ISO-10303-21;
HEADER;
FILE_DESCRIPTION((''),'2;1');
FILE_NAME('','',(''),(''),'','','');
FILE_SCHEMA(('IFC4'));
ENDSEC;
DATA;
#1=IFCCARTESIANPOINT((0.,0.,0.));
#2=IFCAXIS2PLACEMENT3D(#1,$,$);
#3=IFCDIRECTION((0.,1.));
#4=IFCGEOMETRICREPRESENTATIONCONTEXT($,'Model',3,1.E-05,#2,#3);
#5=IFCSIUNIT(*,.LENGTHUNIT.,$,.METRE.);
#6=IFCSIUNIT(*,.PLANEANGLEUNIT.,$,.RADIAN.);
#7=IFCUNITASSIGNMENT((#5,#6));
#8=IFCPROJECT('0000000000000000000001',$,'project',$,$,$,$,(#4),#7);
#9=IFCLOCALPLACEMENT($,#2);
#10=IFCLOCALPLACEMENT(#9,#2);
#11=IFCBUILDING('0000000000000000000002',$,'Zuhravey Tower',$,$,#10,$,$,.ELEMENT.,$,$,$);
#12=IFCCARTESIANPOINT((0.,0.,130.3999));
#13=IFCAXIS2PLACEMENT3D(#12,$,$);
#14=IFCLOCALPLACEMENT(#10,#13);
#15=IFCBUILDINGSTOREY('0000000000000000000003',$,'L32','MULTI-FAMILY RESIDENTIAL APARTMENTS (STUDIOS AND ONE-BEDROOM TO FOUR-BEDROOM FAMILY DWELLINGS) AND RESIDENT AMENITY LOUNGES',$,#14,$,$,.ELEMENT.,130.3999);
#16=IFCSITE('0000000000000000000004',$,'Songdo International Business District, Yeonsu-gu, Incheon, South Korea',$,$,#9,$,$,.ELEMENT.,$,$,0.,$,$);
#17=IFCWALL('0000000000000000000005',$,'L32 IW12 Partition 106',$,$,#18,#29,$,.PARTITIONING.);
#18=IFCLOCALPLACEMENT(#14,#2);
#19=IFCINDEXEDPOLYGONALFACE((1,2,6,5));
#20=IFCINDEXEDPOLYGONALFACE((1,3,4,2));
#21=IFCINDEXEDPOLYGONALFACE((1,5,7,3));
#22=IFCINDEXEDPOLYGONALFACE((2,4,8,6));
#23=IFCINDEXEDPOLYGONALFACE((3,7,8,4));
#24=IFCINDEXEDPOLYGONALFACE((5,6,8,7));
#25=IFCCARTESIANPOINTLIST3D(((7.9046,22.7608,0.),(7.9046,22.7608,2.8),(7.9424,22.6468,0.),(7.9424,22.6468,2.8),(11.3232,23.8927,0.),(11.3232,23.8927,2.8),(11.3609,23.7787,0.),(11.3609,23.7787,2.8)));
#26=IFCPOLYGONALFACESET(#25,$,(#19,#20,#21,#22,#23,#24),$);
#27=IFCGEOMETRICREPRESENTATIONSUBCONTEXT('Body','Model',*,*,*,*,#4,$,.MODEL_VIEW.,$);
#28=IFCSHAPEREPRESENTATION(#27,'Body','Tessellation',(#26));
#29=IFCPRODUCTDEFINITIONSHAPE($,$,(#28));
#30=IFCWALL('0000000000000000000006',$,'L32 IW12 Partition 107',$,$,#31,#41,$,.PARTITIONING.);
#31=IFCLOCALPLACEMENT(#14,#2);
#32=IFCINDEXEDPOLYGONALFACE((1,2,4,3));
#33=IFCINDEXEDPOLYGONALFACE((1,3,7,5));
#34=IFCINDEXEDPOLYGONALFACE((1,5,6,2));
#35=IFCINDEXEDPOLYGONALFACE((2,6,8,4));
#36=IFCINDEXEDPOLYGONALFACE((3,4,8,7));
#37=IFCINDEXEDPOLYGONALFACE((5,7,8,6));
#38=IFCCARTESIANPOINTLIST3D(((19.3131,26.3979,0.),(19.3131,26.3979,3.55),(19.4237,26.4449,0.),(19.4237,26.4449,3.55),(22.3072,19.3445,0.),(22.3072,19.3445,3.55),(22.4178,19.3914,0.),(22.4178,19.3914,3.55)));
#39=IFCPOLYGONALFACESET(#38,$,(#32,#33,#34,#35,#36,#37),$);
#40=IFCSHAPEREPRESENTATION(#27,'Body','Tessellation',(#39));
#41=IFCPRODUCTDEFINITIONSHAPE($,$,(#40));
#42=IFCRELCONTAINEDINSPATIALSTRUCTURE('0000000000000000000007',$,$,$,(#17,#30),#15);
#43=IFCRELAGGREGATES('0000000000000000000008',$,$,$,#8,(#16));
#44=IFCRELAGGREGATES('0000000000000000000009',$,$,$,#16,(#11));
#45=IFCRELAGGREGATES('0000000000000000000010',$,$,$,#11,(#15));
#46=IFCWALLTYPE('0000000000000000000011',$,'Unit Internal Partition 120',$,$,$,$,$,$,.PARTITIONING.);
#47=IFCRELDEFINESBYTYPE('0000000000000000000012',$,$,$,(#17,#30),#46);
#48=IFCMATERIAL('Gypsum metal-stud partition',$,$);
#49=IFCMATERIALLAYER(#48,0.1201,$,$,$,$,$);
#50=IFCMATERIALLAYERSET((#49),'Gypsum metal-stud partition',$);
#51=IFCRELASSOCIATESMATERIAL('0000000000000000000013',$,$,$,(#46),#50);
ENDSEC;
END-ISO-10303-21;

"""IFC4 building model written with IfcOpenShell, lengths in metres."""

from ifc_helpers import new_model, si_unit, direction, frame, frame_2d, origin, place, context, subcontext, project, spatial, rectangle, extrude, material, layer, layer_set, type_object, element, save


model = new_model("IFC4")

# Units and contexts
model_context = context("Model", 3, precision=1e-05, world=origin(), true_north=direction((0.0, 1.0)))
body_context = subcontext(model_context, "Body", "Model", "MODEL_VIEW")
ifc_project = project(units=[si_unit("LENGTHUNIT", "METRE"), si_unit("PLANEANGLEUNIT", "RADIAN")], contexts=[model_context])

# Site, building, storey
site_placement = place(None, origin())
site = spatial("IfcSite", under=ifc_project, at=site_placement, Name="Songdo International Business District, Yeonsu-gu, Incheon, South Korea", CompositionType="ELEMENT", RefElevation=0.0)
building_placement = place(site_placement, origin())
building = spatial("IfcBuilding", under=site, at=building_placement, Name="Zuhravey Tower", CompositionType="ELEMENT")
storey_placement = place(building_placement, frame((0.0, 0.0, 130.3999)))
storey = spatial("IfcBuildingStorey", under=building, at=storey_placement, Name="L32", Description="MULTI-FAMILY RESIDENTIAL APARTMENTS (STUDIOS AND ONE-BEDROOM TO FOUR-BEDROOM FAMILY DWELLINGS) AND RESIDENT AMENITY LOUNGES", CompositionType="ELEMENT", Elevation=130.3999)

# Shared definitions
ifc_material_1 = material(Name="Gypsum metal-stud partition")
ifc_layer_1 = layer(ifc_material_1, 0.1201)
ifc_layer_set_1 = layer_set([ifc_layer_1], Name="Gypsum metal-stud partition")
wall_type_1 = type_object("IfcWallType", Name="Unit Internal Partition 120", PredefinedType="PARTITIONING", material=ifc_layer_set_1)

# Walls
wall_1_placement = place(storey_placement, frame((11.342, 23.8357, 0.0), z_axis=(0.0, 0.0, 1.0), x_axis=(-0.949319, -0.314315, 0.0)))
element("IfcWall", 1, at=wall_1_placement, inside=storey, type_object=wall_type_1, Name="L32 IW12 Partition 106", PredefinedType="PARTITIONING", context=body_context, shape_type="SweptSolid", body=[
    extrude(rectangle(XDim=3.6011, YDim=0.1201, at=frame_2d((1.8005, 0.0))), origin(), (0.0, 0.0, 1.0), 2.8),
])
wall_2_placement = place(storey_placement, frame((19.3684, 26.4214, 0.0), z_axis=(0.0, 0.0, 1.0), x_axis=(0.390745, -0.920499, 0.0)))
element("IfcWall", 2, at=wall_2_placement, inside=storey, type_object=wall_type_1, Name="L32 IW12 Partition 107", PredefinedType="PARTITIONING", context=body_context, shape_type="SweptSolid", body=[
    extrude(rectangle(XDim=7.6626, YDim=0.1201, at=frame_2d((3.8313, 0.0))), origin(), (0.0, 0.0, 1.0), 3.55),
])

save(model, "model.ifc")
